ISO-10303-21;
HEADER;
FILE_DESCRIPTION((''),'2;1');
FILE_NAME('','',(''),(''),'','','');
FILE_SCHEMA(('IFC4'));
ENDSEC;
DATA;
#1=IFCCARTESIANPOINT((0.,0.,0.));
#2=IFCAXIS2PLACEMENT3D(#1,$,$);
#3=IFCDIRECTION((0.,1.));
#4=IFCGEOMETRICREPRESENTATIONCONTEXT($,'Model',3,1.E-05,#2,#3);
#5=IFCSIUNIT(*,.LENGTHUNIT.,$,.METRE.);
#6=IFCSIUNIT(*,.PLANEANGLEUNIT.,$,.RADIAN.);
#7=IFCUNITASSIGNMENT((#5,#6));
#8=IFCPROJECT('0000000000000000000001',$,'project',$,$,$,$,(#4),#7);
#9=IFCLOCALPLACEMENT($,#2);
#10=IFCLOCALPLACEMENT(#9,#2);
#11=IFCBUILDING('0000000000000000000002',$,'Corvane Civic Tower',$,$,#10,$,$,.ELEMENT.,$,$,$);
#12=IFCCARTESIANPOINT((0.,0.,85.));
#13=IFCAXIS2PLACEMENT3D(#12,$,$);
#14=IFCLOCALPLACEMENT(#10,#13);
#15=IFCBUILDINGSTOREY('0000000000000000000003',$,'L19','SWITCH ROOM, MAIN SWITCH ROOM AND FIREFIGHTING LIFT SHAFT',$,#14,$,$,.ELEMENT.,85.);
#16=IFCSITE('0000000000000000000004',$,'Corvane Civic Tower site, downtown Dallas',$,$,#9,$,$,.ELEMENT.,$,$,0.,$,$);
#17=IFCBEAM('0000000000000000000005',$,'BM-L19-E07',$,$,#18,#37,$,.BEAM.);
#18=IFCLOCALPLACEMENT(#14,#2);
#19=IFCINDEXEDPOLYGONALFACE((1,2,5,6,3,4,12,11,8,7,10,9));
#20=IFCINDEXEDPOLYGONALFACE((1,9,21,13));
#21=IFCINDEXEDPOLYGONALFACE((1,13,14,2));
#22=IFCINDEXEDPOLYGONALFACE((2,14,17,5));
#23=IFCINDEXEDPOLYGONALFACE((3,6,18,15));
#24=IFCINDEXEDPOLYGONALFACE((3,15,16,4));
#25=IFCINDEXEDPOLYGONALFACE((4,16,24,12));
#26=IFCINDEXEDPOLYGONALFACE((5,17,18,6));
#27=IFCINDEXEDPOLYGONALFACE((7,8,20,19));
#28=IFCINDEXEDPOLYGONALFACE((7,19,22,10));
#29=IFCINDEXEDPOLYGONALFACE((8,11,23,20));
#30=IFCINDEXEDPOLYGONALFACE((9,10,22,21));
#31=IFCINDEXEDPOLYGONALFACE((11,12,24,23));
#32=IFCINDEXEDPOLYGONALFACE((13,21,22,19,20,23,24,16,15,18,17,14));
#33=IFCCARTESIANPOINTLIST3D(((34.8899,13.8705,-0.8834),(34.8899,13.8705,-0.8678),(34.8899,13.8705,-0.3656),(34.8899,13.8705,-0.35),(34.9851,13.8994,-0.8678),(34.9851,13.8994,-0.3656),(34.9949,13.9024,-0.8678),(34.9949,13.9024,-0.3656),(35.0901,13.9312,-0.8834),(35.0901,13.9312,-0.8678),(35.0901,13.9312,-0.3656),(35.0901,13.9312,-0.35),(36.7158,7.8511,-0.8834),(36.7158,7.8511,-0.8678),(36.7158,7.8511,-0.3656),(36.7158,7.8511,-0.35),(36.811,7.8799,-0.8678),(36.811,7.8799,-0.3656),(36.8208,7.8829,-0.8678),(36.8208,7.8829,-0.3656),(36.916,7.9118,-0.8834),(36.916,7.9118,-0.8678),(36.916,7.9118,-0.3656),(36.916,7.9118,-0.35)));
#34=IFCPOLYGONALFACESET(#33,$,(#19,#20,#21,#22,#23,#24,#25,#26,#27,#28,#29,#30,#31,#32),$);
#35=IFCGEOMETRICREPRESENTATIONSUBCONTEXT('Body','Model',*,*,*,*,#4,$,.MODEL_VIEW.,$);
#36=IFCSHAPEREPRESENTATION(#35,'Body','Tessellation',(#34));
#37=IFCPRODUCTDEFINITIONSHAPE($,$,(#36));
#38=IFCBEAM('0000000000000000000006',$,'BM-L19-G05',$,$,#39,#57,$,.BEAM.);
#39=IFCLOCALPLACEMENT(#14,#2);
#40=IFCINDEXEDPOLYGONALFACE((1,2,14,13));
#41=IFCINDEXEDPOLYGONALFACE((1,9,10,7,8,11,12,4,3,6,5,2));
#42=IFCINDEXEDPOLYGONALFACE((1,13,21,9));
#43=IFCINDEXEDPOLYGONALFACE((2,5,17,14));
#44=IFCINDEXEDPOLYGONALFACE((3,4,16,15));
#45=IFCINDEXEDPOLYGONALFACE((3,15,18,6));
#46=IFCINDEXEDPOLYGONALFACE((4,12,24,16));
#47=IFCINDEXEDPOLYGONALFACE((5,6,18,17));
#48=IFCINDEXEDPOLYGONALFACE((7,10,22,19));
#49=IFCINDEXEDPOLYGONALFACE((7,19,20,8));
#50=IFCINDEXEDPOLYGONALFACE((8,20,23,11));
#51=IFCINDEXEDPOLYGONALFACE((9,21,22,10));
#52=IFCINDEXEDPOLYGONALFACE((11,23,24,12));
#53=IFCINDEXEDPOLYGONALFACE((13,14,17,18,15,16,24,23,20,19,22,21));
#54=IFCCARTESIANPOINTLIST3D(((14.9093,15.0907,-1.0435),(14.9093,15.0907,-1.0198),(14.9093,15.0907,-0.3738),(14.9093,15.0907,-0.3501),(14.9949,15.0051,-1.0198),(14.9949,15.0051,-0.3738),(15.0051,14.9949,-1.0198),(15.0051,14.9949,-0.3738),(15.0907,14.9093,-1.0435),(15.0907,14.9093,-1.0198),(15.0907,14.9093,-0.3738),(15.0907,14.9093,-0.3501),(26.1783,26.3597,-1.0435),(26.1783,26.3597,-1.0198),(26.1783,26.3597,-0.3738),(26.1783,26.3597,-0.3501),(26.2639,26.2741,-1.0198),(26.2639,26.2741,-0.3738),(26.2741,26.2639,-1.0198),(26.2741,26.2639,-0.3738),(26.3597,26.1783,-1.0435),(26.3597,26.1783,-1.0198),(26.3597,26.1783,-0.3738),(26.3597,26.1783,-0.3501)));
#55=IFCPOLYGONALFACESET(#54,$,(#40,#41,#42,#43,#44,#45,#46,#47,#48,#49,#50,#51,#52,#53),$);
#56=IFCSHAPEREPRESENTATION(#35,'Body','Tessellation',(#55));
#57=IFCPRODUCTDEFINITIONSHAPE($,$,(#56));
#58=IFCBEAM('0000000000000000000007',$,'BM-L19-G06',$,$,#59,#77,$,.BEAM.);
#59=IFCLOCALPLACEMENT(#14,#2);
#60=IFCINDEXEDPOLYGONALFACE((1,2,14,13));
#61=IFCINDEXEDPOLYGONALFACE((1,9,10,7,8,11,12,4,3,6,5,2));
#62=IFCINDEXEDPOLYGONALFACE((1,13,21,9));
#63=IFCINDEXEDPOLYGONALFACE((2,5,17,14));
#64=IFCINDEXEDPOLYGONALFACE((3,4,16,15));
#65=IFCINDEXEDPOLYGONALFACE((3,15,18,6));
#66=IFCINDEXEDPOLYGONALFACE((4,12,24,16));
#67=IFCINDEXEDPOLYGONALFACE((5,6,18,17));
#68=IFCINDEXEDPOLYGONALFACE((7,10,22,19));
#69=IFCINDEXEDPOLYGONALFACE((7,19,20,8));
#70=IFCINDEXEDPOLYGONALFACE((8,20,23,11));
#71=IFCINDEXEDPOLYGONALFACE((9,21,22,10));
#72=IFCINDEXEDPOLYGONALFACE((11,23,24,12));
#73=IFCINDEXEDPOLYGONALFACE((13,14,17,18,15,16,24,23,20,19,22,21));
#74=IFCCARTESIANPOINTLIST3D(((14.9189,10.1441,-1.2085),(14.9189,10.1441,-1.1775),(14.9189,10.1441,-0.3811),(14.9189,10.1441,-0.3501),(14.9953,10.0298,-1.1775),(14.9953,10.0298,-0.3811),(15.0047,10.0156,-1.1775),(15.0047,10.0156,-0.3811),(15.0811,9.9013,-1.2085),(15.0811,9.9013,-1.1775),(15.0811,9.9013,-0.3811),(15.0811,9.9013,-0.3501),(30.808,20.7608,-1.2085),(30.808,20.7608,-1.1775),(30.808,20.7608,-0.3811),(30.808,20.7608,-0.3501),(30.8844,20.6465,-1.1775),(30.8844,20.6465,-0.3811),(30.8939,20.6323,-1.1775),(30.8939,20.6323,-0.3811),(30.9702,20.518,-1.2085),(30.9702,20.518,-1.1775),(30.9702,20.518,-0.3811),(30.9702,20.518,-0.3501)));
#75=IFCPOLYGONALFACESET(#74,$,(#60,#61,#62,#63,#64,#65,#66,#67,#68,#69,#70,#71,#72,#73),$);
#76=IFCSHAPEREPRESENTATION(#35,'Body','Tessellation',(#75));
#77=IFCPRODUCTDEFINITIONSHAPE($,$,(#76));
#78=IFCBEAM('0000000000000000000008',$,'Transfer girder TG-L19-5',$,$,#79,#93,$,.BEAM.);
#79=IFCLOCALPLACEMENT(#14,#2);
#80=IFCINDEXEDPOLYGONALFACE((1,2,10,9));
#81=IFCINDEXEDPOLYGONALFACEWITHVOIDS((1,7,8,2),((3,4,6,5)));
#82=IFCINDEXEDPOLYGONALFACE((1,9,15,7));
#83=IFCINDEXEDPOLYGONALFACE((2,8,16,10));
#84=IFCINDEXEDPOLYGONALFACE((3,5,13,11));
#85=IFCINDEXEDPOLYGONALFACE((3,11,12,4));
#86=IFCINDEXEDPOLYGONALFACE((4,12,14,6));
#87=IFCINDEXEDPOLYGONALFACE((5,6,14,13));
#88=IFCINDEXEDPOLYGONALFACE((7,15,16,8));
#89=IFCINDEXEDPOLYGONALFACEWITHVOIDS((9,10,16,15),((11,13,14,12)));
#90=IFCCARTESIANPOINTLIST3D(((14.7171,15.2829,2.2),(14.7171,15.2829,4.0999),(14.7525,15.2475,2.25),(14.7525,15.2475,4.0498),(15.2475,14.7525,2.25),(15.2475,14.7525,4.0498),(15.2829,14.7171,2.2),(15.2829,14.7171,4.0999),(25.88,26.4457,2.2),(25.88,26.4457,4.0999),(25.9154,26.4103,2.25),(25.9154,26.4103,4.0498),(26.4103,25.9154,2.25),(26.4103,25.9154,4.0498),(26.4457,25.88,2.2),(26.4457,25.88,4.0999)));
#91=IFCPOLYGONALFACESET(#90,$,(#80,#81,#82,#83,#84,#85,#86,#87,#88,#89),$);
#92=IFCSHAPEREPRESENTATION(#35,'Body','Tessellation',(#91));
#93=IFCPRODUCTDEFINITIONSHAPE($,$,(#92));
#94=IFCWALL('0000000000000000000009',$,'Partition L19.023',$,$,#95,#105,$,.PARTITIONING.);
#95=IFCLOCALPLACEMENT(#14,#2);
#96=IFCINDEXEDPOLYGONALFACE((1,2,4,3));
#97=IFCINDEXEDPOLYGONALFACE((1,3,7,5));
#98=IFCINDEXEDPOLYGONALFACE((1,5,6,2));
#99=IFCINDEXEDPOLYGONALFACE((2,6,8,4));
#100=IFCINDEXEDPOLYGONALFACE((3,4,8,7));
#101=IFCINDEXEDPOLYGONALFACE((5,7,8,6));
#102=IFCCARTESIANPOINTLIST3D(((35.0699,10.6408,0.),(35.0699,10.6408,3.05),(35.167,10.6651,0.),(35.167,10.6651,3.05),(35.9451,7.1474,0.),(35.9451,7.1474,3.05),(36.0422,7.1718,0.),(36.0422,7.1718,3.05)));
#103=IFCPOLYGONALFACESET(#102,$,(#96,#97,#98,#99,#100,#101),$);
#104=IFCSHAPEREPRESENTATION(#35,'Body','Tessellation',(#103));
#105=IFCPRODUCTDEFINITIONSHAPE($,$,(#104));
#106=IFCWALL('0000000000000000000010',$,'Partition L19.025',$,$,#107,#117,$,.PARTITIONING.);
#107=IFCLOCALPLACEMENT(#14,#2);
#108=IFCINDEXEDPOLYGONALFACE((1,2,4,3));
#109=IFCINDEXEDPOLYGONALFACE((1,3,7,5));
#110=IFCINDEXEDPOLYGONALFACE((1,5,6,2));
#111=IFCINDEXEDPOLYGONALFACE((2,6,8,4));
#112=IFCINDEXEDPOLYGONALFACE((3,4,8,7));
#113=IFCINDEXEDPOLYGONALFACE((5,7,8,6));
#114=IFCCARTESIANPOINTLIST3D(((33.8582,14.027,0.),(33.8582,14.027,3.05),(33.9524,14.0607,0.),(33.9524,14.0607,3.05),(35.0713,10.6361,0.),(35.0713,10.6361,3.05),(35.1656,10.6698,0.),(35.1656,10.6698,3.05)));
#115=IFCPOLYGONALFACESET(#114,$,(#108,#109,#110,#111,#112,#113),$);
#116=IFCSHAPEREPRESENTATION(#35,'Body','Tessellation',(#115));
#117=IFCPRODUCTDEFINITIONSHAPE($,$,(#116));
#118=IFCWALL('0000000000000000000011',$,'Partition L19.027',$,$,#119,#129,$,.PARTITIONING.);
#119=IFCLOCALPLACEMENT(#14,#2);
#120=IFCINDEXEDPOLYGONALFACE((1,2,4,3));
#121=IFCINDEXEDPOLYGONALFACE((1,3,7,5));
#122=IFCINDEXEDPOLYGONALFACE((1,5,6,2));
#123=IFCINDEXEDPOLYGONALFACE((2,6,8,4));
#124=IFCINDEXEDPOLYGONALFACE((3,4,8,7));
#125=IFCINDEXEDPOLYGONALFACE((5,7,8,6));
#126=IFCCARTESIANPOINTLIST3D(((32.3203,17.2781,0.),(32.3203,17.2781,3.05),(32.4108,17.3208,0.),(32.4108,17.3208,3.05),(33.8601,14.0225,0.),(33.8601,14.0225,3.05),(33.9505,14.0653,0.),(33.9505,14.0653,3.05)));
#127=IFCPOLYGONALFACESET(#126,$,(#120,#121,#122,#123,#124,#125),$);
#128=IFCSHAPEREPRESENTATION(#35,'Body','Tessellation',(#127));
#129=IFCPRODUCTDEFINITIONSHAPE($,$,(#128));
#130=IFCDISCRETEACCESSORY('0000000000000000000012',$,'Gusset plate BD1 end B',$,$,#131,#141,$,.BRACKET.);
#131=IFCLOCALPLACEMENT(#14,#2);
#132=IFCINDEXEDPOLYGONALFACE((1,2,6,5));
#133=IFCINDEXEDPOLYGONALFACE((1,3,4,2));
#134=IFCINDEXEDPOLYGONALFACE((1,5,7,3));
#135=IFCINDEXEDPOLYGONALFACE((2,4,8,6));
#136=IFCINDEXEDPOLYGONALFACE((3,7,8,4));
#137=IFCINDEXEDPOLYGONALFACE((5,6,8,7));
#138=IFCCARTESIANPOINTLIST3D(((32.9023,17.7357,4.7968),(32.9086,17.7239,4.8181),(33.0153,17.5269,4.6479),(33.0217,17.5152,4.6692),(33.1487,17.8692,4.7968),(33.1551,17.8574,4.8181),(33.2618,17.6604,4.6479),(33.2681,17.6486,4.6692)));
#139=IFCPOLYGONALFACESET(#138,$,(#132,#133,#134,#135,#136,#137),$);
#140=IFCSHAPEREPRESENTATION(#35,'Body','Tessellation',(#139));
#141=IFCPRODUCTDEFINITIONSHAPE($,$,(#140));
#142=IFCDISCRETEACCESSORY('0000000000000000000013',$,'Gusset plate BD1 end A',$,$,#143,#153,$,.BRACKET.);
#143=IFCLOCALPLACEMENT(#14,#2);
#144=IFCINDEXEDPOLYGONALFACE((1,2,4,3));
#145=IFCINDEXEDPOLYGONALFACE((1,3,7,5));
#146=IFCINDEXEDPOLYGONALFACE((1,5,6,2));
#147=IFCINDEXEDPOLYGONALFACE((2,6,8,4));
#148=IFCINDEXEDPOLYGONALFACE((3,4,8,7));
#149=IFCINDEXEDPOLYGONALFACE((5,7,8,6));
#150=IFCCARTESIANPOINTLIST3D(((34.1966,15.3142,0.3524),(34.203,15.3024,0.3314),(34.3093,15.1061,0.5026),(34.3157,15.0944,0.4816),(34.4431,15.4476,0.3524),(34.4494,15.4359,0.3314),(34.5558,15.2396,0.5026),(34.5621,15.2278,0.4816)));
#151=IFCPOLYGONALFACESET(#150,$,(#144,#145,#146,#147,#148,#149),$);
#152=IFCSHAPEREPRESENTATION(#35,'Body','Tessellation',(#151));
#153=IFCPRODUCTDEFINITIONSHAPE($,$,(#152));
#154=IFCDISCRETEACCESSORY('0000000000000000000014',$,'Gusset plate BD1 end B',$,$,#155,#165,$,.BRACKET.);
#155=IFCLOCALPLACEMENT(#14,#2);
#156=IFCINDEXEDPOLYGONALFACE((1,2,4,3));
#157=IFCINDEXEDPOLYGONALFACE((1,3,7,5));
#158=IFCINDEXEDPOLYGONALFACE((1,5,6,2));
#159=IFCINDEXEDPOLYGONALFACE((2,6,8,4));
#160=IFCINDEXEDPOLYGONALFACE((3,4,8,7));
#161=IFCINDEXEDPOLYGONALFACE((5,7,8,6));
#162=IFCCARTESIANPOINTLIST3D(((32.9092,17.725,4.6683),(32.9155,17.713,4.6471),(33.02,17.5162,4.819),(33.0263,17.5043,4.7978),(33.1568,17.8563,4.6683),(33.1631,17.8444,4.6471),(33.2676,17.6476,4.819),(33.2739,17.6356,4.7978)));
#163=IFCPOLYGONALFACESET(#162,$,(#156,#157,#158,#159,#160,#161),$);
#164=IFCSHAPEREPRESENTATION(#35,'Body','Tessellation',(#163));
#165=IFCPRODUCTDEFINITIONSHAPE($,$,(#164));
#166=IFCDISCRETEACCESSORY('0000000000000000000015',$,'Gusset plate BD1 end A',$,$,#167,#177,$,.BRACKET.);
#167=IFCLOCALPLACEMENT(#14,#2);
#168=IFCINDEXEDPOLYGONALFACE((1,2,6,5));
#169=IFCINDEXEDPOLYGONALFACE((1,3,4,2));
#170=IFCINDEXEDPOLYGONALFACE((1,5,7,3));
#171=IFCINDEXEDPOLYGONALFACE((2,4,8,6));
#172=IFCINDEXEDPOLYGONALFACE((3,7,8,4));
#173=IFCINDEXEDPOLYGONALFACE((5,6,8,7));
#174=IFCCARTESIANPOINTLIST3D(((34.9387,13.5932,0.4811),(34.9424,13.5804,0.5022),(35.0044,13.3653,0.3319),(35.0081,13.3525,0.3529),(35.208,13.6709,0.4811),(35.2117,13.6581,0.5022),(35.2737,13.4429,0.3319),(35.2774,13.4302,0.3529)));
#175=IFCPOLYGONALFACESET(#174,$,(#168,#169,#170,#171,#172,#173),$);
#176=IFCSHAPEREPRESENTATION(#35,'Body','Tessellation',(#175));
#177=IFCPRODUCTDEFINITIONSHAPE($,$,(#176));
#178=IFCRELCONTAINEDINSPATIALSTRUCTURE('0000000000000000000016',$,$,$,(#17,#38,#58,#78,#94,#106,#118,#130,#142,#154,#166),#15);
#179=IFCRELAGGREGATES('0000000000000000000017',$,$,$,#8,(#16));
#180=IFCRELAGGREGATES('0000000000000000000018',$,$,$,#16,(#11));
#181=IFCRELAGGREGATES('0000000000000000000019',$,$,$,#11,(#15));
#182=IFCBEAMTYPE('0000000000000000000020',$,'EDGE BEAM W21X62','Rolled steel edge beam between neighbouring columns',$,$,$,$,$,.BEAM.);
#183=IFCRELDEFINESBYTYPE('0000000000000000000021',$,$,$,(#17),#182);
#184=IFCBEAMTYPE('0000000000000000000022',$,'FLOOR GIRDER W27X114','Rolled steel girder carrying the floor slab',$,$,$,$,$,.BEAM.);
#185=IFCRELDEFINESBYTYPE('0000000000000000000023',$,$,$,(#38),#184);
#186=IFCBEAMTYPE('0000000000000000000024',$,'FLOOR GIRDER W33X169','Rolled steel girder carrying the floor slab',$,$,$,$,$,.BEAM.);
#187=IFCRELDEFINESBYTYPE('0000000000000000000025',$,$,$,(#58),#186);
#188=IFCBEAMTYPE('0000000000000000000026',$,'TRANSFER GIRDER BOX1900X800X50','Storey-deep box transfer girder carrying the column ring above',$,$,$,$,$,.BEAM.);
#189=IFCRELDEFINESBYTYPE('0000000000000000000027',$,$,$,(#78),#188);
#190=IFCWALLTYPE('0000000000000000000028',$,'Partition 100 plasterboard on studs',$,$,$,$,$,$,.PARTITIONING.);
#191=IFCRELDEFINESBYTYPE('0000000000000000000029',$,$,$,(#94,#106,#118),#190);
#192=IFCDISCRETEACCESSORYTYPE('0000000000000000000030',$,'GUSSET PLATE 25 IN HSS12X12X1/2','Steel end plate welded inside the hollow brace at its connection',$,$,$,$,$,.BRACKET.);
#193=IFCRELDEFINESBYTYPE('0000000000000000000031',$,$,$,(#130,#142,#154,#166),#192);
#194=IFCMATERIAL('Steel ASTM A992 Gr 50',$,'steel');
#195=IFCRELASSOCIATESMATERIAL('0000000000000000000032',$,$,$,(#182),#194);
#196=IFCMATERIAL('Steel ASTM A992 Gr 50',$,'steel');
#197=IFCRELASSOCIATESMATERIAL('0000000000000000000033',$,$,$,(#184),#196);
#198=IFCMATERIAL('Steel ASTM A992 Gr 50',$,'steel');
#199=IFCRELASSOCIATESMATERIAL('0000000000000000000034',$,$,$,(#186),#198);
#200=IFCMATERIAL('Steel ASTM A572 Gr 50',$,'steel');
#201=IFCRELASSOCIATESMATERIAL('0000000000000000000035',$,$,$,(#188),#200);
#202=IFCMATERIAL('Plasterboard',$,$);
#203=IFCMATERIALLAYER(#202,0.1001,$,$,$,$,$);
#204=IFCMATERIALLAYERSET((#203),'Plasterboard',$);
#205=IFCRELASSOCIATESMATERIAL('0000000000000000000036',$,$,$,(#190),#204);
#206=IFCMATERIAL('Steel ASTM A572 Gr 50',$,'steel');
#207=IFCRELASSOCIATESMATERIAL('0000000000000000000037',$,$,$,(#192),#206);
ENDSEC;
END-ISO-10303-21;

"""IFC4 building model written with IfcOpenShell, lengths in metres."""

from ifc_helpers import new_model, si_unit, direction, frame, frame_2d, origin, origin_2d, place, context, subcontext, project, spatial, rectangle, hollow_rectangle, i_section, extrude, material, layer, layer_set, material_profile, profile_set, type_object, element, save


model = new_model("IFC4")

# Units and contexts
model_context = context("Model", 3, precision=1e-05, world=origin(), true_north=direction((0.0, 1.0)))
body_context = subcontext(model_context, "Body", "Model", "MODEL_VIEW")
ifc_project = project(units=[si_unit("LENGTHUNIT", "METRE"), si_unit("PLANEANGLEUNIT", "RADIAN")], contexts=[model_context])

# Site, building, storey
site_placement = place(None, origin())
site = spatial("IfcSite", under=ifc_project, at=site_placement, Name="Corvane Civic Tower site, downtown Dallas", CompositionType="ELEMENT", RefElevation=0.0)
building_placement = place(site_placement, origin())
building = spatial("IfcBuilding", under=site, at=building_placement, Name="Corvane Civic Tower", CompositionType="ELEMENT")
storey_placement = place(building_placement, frame((0.0, 0.0, 85.0)))
storey = spatial("IfcBuildingStorey", under=building, at=storey_placement, Name="L19", Description="SWITCH ROOM, MAIN SWITCH ROOM AND FIREFIGHTING LIFT SHAFT", CompositionType="ELEMENT", Elevation=85.0)

# Beams
ifc_material_1 = material(Name="Steel ASTM A992 Gr 50", Category="steel")
ifc_material_profile_1 = material_profile(ifc_material_1, i_section(OverallWidth=0.2092, OverallDepth=0.5334, WebThickness=0.0103, FlangeThickness=0.0156, at=origin_2d()), Name="W21X62")
ifc_profile_set_1 = profile_set([ifc_material_profile_1], Name="Steel ASTM A992 Gr 50")
beam_type_1 = type_object("IfcBeamType", Name="EDGE BEAM W21X62", Description="Rolled steel edge beam between neighbouring columns", PredefinedType="BEAM", material=ifc_profile_set_1)
beam_1_placement = place(storey_placement, frame((34.99, 13.9009, -0.6167), z_axis=(0.290273, -0.956944, 0.0), x_axis=(0.956944, 0.290273, 0.0)))
element("IfcBeam", 1, at=beam_1_placement, inside=storey, type_object=beam_type_1, Name="BM-L19-E07", PredefinedType="BEAM", context=body_context, shape_type="SweptSolid", body=[
    extrude(i_section(OverallWidth=0.2092, OverallDepth=0.5334, WebThickness=0.0103, FlangeThickness=0.0156, at=origin_2d()), origin(), (0.0, 0.0, 1.0), 6.2903),
])
ifc_material_2 = material(Name="Steel ASTM A992 Gr 50", Category="steel")
ifc_material_profile_2 = material_profile(ifc_material_2, i_section(OverallWidth=0.2566, OverallDepth=0.6934, WebThickness=0.0144, FlangeThickness=0.0237, at=origin_2d()), Name="W27X114")
ifc_profile_set_2 = profile_set([ifc_material_profile_2], Name="Steel ASTM A992 Gr 50")
beam_type_2 = type_object("IfcBeamType", Name="FLOOR GIRDER W27X114", Description="Rolled steel girder carrying the floor slab", PredefinedType="BEAM", material=ifc_profile_set_2)
beam_2_placement = place(storey_placement, frame((15.0, 15.0, -0.6968), z_axis=(0.707107, 0.707107, 0.0), x_axis=(-0.707107, 0.707107, 0.0)))
element("IfcBeam", 2, at=beam_2_placement, inside=storey, type_object=beam_type_2, Name="BM-L19-G05", PredefinedType="BEAM", context=body_context, shape_type="SweptSolid", body=[
    extrude(i_section(OverallWidth=0.2566, OverallDepth=0.6934, WebThickness=0.0144, FlangeThickness=0.0237, at=origin_2d()), origin(), (0.0, 0.0, 1.0), 15.9368),
])
ifc_material_3 = material(Name="Steel ASTM A992 Gr 50", Category="steel")
ifc_material_profile_3 = material_profile(ifc_material_3, i_section(OverallWidth=0.292, OverallDepth=0.8584, WebThickness=0.0171, FlangeThickness=0.031, at=origin_2d()), Name="W33X169")
ifc_profile_set_3 = profile_set([ifc_material_profile_3], Name="Steel ASTM A992 Gr 50")
beam_type_3 = type_object("IfcBeamType", Name="FLOOR GIRDER W33X169", Description="Rolled steel girder carrying the floor slab", PredefinedType="BEAM", material=ifc_profile_set_3)
beam_3_placement = place(storey_placement, frame((15.0, 10.0227, -0.7793), z_axis=(0.831472, 0.555567, 0.0), x_axis=(-0.555567, 0.831472, 0.0)))
element("IfcBeam", 3, at=beam_3_placement, inside=storey, type_object=beam_type_3, Name="BM-L19-G06", PredefinedType="BEAM", context=body_context, shape_type="SweptSolid", body=[
    extrude(i_section(OverallWidth=0.292, OverallDepth=0.8584, WebThickness=0.0171, FlangeThickness=0.031, at=origin_2d()), origin(), (0.0, 0.0, 1.0), 19.1096),
])
ifc_material_4 = material(Name="Steel ASTM A572 Gr 50", Category="steel")
ifc_material_profile_4 = material_profile(ifc_material_4, hollow_rectangle(XDim=0.8, YDim=1.8999, WallThickness=0.05, at=origin_2d()), Name="BOX1900X800X50")
ifc_profile_set_4 = profile_set([ifc_material_profile_4], Name="Steel ASTM A572 Gr 50")
beam_type_4 = type_object("IfcBeamType", Name="TRANSFER GIRDER BOX1900X800X50", Description="Storey-deep box transfer girder carrying the column ring above", PredefinedType="BEAM", material=ifc_profile_set_4)
beam_4_placement = place(storey_placement, frame((15.0, 15.0, 3.1499), z_axis=(0.707107, 0.707107, 0.0), x_axis=(-0.707107, 0.707107, 0.0)))
element("IfcBeam", 4, at=beam_4_placement, inside=storey, type_object=beam_type_4, Name="Transfer girder TG-L19-5", PredefinedType="BEAM", context=body_context, shape_type="SweptSolid", body=[
    extrude(hollow_rectangle(XDim=0.8, YDim=1.8999, WallThickness=0.05, at=origin_2d()), origin(), (0.0, 0.0, 1.0), 15.7866),
])

# Walls
ifc_material_5 = material(Name="Plasterboard")
ifc_layer = layer(ifc_material_5, 0.1001)
ifc_layer_set = layer_set([ifc_layer], Name="Plasterboard")
wall_type = type_object("IfcWallType", Name="Partition 100 plasterboard on studs", PredefinedType="PARTITIONING", material=ifc_layer_set)
for number, where, z_axis, x_axis, name in (
    (5, (35.1184, 10.6531, 0.0), (0.0, 0.0, 1.0), (0.24303, -0.970019, 0.0), "Partition L19.023"),
    (6, (33.9053, 14.0439, 0.0), (0.0, 0.0, 1.0), (0.336856, -0.941556, 0.0), "Partition L19.025"),
    (7, (32.3655, 17.2996, 0.0), (0.0, 0.0, 1.0), (0.427556, -0.903989, 0.0), "Partition L19.027"),
):
    element("IfcWall", number, at=place(storey_placement, frame(where, z_axis=z_axis, x_axis=x_axis)), inside=storey, type_object=wall_type, Name=name, PredefinedType="PARTITIONING", context=body_context, shape_type="SweptSolid", body=[
        extrude(rectangle(XDim=3.6013, YDim=0.1001, at=frame_2d((1.8008, 0.0))), origin(), (0.0, 0.0, 1.0), 3.05),
    ])

# Discrete accessories
ifc_material_6 = material(Name="Steel ASTM A572 Gr 50", Category="steel")
ifc_material_profile_5 = material_profile(ifc_material_6, rectangle(XDim=0.2803, YDim=0.2803, at=origin_2d()), Name="GUSSET PLATE 25 IN HSS12X12X1/2")
ifc_profile_set_5 = profile_set([ifc_material_profile_5], Name="Steel ASTM A572 Gr 50")
discrete_accessory_type = type_object("IfcDiscreteAccessoryType", Name="GUSSET PLATE 25 IN HSS12X12X1/2", Description="Steel end plate welded inside the hollow brace at its connection", PredefinedType="BRACKET", material=ifc_profile_set_5)
discrete_accessory_1_placement = place(storey_placement, frame((33.0884, 17.6863, 4.7437), z_axis=(-0.253144, 0.467343, -0.847059), x_axis=(-0.879292, -0.476283, 0.0)))
element("IfcDiscreteAccessory", 8, at=discrete_accessory_1_placement, inside=storey, type_object=discrete_accessory_type, Name="Gusset plate BD1 end B", PredefinedType="BRACKET", context=body_context, shape_type="SweptSolid", body=[
    extrude(rectangle(XDim=0.2803, YDim=0.2803, at=origin_2d()), origin(), (0.0, 0.0, 1.0), 0.0251),
])
discrete_accessory_2_placement = place(storey_placement, frame((34.3826, 15.2651, 0.4065), z_axis=(-0.255246, 0.471223, 0.844274), x_axis=(-0.879292, -0.476283, 0.0)))
element("IfcDiscreteAccessory", 9, at=discrete_accessory_2_placement, inside=storey, type_object=discrete_accessory_type, Name="Gusset plate BD1 end A", PredefinedType="BRACKET", context=body_context, shape_type="SweptSolid", body=[
    extrude(rectangle(XDim=0.2803, YDim=0.2803, at=origin_2d()), origin(), (0.0, 0.0, 1.0), 0.0249),
])
discrete_accessory_3_placement = place(storey_placement, frame((33.0884, 17.6863, 4.7437), z_axis=(0.251988, -0.474901, -0.843191), x_axis=(0.883349, 0.468716, 0.0)))
element("IfcDiscreteAccessory", 10, at=discrete_accessory_3_placement, inside=storey, type_object=discrete_accessory_type, Name="Gusset plate BD1 end B", PredefinedType="BRACKET", context=body_context, shape_type="SweptSolid", body=[
    extrude(rectangle(XDim=0.2803, YDim=0.2803, at=origin_2d()), origin(), (0.0, 0.0, 1.0), 0.0251),
])
discrete_accessory_4_placement = place(storey_placement, frame((35.1062, 13.5181, 0.4065), z_axis=(0.14762, -0.511751, 0.846357), x_axis=(0.960824, 0.277161, 0.0)))
element("IfcDiscreteAccessory", 11, at=discrete_accessory_4_placement, inside=storey, type_object=discrete_accessory_type, Name="Gusset plate BD1 end A", PredefinedType="BRACKET", context=body_context, shape_type="SweptSolid", body=[
    extrude(rectangle(XDim=0.2803, YDim=0.2803, at=origin_2d()), origin(), (0.0, 0.0, 1.0), 0.0249),
])

save(model, "model.ifc")
